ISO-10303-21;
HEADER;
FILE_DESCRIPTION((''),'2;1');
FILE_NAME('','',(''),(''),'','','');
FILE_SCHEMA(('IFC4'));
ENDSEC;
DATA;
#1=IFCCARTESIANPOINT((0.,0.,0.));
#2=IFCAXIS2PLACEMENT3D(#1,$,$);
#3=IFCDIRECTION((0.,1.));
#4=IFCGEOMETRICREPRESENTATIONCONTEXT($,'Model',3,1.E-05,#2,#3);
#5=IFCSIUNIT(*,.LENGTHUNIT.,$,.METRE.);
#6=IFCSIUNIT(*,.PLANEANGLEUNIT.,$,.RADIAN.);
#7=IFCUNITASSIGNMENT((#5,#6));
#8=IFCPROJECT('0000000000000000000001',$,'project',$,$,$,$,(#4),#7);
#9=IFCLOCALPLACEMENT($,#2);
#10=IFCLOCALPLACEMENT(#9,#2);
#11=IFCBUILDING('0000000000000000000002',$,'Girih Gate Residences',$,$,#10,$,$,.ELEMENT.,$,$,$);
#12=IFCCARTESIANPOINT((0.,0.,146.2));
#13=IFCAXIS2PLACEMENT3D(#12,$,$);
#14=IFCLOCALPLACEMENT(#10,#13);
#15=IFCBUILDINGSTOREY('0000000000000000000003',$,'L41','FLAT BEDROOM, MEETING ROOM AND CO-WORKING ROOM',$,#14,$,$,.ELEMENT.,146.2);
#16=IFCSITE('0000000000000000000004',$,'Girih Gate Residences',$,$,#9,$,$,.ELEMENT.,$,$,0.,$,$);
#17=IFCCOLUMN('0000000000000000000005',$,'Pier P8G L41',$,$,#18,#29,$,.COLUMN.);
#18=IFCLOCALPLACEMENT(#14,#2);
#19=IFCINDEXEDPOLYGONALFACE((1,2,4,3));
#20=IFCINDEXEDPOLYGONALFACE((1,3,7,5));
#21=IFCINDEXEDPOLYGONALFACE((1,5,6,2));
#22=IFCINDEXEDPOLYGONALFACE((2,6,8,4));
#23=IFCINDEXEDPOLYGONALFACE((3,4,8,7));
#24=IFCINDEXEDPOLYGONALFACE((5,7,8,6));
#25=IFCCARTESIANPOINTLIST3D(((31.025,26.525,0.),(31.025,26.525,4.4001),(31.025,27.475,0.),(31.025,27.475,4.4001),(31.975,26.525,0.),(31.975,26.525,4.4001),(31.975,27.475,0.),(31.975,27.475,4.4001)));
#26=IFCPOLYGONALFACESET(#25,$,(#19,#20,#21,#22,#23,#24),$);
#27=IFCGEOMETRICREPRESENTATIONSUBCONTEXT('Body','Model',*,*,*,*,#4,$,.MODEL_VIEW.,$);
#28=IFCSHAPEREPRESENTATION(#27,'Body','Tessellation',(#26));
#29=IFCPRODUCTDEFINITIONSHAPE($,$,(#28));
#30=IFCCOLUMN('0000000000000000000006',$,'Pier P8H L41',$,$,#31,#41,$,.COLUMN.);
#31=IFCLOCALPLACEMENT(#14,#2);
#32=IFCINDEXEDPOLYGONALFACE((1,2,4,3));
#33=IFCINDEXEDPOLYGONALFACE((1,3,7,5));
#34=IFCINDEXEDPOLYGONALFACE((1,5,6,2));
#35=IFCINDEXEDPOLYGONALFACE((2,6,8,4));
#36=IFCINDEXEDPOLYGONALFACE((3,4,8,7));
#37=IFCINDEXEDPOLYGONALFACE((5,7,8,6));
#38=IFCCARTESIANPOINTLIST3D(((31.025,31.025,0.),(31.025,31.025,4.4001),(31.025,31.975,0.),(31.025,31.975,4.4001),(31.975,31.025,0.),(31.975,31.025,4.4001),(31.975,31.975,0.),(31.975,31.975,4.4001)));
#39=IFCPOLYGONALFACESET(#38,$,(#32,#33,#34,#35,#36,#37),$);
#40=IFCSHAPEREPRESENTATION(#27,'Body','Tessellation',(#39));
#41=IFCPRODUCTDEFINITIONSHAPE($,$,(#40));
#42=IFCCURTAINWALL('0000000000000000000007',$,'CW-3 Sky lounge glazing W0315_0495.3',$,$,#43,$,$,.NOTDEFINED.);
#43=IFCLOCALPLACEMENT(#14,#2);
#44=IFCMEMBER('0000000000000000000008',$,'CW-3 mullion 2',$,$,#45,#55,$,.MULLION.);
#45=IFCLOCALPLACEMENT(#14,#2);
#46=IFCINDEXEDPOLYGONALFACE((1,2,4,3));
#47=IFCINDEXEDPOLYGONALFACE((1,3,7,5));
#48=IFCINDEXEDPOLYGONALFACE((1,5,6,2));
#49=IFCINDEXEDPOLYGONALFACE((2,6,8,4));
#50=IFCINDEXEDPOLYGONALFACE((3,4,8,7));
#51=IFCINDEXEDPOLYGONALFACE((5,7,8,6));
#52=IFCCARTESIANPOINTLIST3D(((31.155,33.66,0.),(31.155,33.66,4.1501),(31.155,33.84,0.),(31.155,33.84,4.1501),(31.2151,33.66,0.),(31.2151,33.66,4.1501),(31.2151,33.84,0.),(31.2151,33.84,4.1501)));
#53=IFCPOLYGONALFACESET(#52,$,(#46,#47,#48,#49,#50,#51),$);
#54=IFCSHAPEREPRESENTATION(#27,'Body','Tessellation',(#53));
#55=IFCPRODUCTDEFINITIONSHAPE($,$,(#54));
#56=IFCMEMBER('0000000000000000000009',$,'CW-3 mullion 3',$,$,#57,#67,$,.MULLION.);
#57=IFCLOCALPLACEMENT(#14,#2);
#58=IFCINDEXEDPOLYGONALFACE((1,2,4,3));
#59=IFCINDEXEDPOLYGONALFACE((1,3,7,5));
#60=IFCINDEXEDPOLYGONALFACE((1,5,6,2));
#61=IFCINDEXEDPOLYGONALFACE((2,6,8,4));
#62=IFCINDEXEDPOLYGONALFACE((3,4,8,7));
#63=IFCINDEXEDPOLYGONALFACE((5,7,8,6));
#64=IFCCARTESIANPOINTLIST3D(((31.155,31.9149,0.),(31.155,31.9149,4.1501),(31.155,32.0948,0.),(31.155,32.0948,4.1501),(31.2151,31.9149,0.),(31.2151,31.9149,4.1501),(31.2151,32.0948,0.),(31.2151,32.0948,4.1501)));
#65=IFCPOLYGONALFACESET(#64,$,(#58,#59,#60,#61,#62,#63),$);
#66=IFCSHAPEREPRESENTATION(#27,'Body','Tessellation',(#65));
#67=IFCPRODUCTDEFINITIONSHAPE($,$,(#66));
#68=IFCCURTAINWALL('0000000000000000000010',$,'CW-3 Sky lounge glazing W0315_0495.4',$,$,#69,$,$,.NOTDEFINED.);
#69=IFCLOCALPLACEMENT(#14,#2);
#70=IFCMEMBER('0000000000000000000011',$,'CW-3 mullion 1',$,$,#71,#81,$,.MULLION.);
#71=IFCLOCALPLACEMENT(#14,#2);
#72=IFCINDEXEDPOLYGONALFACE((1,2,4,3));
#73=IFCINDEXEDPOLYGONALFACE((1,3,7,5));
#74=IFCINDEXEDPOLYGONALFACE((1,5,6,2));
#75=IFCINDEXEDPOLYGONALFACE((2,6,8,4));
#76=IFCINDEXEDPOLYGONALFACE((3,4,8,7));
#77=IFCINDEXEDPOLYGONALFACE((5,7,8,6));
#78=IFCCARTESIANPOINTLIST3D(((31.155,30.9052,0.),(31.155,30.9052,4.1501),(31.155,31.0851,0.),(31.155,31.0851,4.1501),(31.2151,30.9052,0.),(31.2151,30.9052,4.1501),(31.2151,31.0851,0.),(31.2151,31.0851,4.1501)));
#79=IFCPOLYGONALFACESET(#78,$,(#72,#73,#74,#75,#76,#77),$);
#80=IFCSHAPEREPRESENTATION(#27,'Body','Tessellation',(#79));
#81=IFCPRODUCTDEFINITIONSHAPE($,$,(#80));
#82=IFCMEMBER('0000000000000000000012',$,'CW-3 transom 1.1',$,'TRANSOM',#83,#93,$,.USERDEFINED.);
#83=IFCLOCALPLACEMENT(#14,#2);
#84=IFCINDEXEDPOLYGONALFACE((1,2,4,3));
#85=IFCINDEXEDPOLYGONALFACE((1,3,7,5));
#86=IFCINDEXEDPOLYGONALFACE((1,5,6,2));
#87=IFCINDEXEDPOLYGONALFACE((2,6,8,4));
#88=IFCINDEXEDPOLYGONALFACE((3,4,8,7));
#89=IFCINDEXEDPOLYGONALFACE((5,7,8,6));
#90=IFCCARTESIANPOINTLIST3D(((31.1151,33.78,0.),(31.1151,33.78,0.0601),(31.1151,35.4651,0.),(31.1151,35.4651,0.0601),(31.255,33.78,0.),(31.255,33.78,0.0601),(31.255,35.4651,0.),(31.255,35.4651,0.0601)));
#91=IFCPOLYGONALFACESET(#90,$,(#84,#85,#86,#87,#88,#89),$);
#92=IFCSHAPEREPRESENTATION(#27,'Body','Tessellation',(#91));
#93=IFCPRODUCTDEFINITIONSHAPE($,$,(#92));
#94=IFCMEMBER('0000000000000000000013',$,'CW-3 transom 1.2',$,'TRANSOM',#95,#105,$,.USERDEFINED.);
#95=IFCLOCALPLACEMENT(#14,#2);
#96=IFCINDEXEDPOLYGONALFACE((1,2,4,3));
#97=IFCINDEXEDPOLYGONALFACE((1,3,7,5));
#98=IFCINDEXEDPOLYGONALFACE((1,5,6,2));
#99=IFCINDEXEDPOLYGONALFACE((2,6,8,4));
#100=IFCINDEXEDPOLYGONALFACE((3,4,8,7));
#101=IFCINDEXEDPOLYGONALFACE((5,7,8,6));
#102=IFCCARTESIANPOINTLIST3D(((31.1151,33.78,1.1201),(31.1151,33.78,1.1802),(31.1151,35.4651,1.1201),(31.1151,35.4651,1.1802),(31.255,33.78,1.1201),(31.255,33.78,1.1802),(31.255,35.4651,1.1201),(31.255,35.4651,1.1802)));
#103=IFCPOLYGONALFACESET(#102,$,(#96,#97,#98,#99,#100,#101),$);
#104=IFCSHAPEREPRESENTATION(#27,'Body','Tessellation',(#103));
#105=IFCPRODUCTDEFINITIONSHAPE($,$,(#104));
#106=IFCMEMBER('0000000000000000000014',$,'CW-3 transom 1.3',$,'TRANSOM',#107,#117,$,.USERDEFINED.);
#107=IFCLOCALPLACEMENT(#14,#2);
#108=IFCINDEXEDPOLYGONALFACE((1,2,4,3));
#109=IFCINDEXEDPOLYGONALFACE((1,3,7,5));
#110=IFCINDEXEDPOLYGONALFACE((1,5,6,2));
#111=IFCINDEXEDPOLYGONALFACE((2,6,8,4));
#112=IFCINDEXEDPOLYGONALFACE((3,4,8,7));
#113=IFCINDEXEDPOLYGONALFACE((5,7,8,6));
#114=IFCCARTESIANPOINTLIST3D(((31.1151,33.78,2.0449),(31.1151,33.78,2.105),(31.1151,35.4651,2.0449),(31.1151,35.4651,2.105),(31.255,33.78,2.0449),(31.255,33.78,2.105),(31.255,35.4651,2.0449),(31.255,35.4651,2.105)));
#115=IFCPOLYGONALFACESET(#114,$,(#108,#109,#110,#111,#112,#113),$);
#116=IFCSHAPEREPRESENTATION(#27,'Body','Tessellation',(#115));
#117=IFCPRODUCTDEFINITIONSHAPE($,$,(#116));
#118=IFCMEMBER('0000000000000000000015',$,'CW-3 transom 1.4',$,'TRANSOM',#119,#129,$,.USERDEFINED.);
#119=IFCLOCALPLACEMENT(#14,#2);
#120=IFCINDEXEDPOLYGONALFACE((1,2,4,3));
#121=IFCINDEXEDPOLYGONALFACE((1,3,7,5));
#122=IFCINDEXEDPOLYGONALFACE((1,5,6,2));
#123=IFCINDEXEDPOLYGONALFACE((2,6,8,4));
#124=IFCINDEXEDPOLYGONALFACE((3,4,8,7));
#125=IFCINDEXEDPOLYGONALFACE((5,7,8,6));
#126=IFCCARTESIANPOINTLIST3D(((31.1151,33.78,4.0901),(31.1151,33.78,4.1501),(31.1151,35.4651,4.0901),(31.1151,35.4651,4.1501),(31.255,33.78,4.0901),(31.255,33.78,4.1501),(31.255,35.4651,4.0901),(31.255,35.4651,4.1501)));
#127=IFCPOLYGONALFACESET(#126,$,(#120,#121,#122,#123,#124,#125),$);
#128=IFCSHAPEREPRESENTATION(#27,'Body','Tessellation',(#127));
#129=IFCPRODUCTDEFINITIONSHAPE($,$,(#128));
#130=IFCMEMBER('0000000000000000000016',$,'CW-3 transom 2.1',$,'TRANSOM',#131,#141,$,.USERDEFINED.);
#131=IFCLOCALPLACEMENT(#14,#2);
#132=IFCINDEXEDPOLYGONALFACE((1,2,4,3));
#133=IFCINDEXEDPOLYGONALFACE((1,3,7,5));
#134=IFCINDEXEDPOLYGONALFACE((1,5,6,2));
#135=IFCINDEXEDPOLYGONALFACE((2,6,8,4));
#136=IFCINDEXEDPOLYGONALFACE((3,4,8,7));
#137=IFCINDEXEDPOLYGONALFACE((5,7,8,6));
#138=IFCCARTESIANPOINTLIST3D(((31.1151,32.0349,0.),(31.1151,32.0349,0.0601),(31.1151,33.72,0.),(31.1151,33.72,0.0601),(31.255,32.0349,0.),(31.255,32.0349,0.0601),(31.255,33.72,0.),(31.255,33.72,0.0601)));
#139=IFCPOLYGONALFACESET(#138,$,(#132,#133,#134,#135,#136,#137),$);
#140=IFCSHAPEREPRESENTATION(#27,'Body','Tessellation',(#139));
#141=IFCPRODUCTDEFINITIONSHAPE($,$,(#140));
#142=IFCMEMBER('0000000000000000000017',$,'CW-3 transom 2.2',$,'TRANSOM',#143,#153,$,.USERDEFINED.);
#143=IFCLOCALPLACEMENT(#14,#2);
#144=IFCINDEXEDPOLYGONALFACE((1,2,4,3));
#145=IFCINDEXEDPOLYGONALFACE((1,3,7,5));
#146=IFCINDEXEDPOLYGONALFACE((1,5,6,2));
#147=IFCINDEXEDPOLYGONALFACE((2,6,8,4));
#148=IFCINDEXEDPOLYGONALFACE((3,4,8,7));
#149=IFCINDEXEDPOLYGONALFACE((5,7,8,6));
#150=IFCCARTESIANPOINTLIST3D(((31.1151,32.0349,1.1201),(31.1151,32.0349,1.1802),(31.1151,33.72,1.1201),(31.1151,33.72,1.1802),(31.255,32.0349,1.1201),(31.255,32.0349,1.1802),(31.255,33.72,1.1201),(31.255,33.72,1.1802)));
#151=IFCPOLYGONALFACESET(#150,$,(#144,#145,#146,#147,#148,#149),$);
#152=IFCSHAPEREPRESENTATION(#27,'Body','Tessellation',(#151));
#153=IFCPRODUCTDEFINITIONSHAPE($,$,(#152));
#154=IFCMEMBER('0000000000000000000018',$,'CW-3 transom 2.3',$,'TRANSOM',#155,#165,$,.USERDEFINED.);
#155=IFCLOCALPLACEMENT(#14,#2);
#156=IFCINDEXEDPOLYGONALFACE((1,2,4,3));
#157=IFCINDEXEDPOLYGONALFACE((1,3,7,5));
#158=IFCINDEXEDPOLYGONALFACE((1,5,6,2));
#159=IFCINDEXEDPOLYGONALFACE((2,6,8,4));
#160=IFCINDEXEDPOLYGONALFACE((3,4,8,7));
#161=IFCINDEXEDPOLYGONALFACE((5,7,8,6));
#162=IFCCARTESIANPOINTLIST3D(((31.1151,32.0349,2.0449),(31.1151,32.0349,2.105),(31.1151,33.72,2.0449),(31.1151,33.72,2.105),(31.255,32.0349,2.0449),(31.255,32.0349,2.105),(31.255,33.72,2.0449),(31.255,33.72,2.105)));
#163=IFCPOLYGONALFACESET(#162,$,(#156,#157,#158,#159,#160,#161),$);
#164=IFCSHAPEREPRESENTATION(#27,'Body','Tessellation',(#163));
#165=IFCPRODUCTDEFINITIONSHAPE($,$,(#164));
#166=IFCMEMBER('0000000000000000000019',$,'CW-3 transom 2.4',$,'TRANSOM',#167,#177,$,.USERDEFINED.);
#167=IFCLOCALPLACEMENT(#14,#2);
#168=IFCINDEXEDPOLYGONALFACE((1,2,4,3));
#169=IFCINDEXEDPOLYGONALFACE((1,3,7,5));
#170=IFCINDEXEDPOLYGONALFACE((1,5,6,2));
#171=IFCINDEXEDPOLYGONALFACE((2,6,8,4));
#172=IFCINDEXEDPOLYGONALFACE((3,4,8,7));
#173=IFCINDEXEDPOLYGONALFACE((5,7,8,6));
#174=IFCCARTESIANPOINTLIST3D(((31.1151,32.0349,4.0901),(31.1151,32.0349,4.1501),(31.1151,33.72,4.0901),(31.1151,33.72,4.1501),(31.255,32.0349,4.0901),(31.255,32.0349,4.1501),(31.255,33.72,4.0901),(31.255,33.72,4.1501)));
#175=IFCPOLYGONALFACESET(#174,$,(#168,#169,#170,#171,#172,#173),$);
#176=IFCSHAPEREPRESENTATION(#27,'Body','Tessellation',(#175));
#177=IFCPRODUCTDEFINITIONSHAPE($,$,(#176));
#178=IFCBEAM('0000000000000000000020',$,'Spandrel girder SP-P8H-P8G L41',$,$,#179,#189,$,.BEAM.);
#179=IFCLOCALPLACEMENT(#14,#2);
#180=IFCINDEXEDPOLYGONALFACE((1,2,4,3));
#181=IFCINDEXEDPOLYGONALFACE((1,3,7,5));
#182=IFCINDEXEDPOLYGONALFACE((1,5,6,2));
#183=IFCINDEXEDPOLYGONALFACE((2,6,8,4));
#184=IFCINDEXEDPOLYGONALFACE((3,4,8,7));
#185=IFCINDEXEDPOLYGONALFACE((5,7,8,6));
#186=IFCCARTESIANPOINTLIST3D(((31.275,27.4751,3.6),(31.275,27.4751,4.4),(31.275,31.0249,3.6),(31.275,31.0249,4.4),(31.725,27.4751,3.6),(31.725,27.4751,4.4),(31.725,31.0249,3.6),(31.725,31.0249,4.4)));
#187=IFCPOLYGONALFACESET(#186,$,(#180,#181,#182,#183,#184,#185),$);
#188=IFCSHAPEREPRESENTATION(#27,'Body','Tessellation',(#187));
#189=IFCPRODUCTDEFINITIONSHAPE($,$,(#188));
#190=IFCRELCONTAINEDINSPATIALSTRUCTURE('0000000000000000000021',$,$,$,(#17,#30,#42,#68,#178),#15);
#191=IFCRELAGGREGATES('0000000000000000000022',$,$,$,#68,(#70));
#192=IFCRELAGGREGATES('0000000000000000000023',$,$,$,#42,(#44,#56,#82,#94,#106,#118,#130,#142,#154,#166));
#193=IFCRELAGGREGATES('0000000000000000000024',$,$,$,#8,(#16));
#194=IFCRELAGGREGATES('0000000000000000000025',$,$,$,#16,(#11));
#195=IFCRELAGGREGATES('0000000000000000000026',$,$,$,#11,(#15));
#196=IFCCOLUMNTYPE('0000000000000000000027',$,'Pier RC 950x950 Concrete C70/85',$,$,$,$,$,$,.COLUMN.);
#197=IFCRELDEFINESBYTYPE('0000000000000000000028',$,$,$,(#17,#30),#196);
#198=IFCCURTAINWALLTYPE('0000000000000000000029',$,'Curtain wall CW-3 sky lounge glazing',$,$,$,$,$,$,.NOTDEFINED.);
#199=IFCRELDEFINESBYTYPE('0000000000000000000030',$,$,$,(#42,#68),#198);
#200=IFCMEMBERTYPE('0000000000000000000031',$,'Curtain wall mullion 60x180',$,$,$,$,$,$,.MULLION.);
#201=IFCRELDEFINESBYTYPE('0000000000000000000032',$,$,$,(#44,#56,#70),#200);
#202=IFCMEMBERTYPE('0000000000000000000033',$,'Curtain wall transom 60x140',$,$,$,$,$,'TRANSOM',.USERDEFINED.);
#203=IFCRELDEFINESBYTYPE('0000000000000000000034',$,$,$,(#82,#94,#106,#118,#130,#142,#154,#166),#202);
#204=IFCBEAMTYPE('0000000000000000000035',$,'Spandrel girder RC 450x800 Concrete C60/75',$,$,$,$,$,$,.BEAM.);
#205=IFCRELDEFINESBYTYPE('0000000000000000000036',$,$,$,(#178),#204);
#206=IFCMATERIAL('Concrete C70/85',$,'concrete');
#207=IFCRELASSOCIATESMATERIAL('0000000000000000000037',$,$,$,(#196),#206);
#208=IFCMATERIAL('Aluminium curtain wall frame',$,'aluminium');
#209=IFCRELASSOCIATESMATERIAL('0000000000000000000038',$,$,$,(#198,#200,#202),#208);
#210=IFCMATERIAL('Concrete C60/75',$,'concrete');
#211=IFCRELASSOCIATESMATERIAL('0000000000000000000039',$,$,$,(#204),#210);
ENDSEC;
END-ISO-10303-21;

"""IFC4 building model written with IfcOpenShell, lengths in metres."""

from ifc_helpers import new_model, si_unit, direction, frame, origin, origin_2d, place, context, subcontext, project, spatial, rectangle, extrude, material, material_profile, profile_set, type_object, element, aggregate, save


model = new_model("IFC4")

# Units and contexts
model_context = context("Model", 3, precision=1e-05, world=origin(), true_north=direction((0.0, 1.0)))
body_context = subcontext(model_context, "Body", "Model", "MODEL_VIEW")
ifc_project = project(units=[si_unit("LENGTHUNIT", "METRE"), si_unit("PLANEANGLEUNIT", "RADIAN")], contexts=[model_context])

# Site, building, storey
site_placement = place(None, origin())
site = spatial("IfcSite", under=ifc_project, at=site_placement, Name="Girih Gate Residences", CompositionType="ELEMENT", RefElevation=0.0)
building_placement = place(site_placement, origin())
building = spatial("IfcBuilding", under=site, at=building_placement, Name="Girih Gate Residences", CompositionType="ELEMENT")
storey_placement = place(building_placement, frame((0.0, 0.0, 146.2)))
storey = spatial("IfcBuildingStorey", under=building, at=storey_placement, Name="L41", Description="FLAT BEDROOM, MEETING ROOM AND CO-WORKING ROOM", CompositionType="ELEMENT", Elevation=146.2)

# Columns
ifc_material_1 = material(Name="Concrete C70/85", Category="concrete")
ifc_material_profile_1 = material_profile(ifc_material_1, rectangle(XDim=0.95, YDim=0.95, at=origin_2d()))
ifc_profile_set_1 = profile_set([ifc_material_profile_1], Name="Concrete C70/85")
column_type = type_object("IfcColumnType", Name="Pier RC 950x950 Concrete C70/85", PredefinedType="COLUMN", material=ifc_profile_set_1)
for number, where, z_axis, x_axis, name in (
    (1, (31.5, 27.0, 0.0), (0.0, 0.0, 1.0), (1.0, 0.0, 0.0), "Pier P8G L41"),
    (2, (31.5, 31.5, 0.0), (0.0, 0.0, 1.0), (1.0, 0.0, 0.0), "Pier P8H L41"),
):
    element("IfcColumn", number, at=place(storey_placement, frame(where, z_axis=z_axis, x_axis=x_axis)), inside=storey, type_object=column_type, Name=name, PredefinedType="COLUMN", context=body_context, shape_type="SweptSolid", body=[
        extrude(rectangle(XDim=0.95, YDim=0.95, at=origin_2d()), origin(), (0.0, 0.0, 1.0), 4.4001),
    ])

# Curtain wall, members
ifc_material_2 = material(Name="Aluminium curtain wall frame", Category="aluminium")
curtain_wall_type = type_object("IfcCurtainWallType", Name="Curtain wall CW-3 sky lounge glazing", PredefinedType="NOTDEFINED", material=ifc_material_2)
curtain_wall_1_placement = place(storey_placement, origin())
curtain_wall_1 = element("IfcCurtainWall", 3, at=curtain_wall_1_placement, inside=storey, type_object=curtain_wall_type, Name="CW-3 Sky lounge glazing W0315_0495.3", PredefinedType="NOTDEFINED")
ifc_material_profile_2 = material_profile(ifc_material_2, rectangle(XDim=0.0601, YDim=0.1799, at=origin_2d()))
ifc_profile_set_2 = profile_set([ifc_material_profile_2], Name="Aluminium curtain wall frame")
member_type_1 = type_object("IfcMemberType", Name="Curtain wall mullion 60x180", PredefinedType="MULLION", material=ifc_profile_set_2)
member_1_placement = place(storey_placement, frame((31.1851, 33.75, 0.0), z_axis=(0.0, 0.0, 1.0), x_axis=(1.0, 0.0, 0.0)))
member_1 = element("IfcMember", 4, at=member_1_placement, type_object=member_type_1, Name="CW-3 mullion 2", PredefinedType="MULLION", context=body_context, shape_type="SweptSolid", body=[
    extrude(rectangle(XDim=0.0601, YDim=0.1799, at=origin_2d()), origin(), (0.0, 0.0, 1.0), 4.1501),
])
member_2_placement = place(storey_placement, frame((31.1851, 32.0049, 0.0), z_axis=(0.0, 0.0, 1.0), x_axis=(1.0, 0.0, 0.0)))
member_2 = element("IfcMember", 5, at=member_2_placement, type_object=member_type_1, Name="CW-3 mullion 3", PredefinedType="MULLION", context=body_context, shape_type="SweptSolid", body=[
    extrude(rectangle(XDim=0.0601, YDim=0.1799, at=origin_2d()), origin(), (0.0, 0.0, 1.0), 4.1501),
])

# Curtain wall, member
curtain_wall_2_placement = place(storey_placement, origin())
curtain_wall_2 = element("IfcCurtainWall", 6, at=curtain_wall_2_placement, inside=storey, type_object=curtain_wall_type, Name="CW-3 Sky lounge glazing W0315_0495.4", PredefinedType="NOTDEFINED")
member_3_placement = place(storey_placement, frame((31.1851, 30.9951, 0.0), z_axis=(0.0, 0.0, 1.0), x_axis=(1.0, 0.0, 0.0)))
member_3 = element("IfcMember", 7, at=member_3_placement, type_object=member_type_1, Name="CW-3 mullion 1", PredefinedType="MULLION", context=body_context, shape_type="SweptSolid", body=[
    extrude(rectangle(XDim=0.0601, YDim=0.1799, at=origin_2d()), origin(), (0.0, 0.0, 1.0), 4.1501),
])
aggregate(curtain_wall_2, [member_3])

# Members
ifc_material_profile_3 = material_profile(ifc_material_2, rectangle(XDim=0.1399, YDim=0.0601, at=origin_2d()))
ifc_profile_set_3 = profile_set([ifc_material_profile_3], Name="Aluminium curtain wall frame")
member_type_2 = type_object("IfcMemberType", Name="Curtain wall transom 60x140", ElementType="TRANSOM", PredefinedType="USERDEFINED", material=ifc_profile_set_3)
member_4_placement = place(storey_placement, frame((31.1851, 35.4651, 0.03), z_axis=(0.0, -1.0, 0.0), x_axis=(1.0, 0.0, 0.0)))
member_4 = element("IfcMember", 8, at=member_4_placement, type_object=member_type_2, Name="CW-3 transom 1.1", ObjectType="TRANSOM", PredefinedType="USERDEFINED", context=body_context, shape_type="SweptSolid", body=[
    extrude(rectangle(XDim=0.1399, YDim=0.0601, at=origin_2d()), origin(), (0.0, 0.0, 1.0), 1.6851),
])
member_5_placement = place(storey_placement, frame((31.1851, 35.4651, 1.1501), z_axis=(0.0, -1.0, 0.0), x_axis=(1.0, 0.0, 0.0)))
member_5 = element("IfcMember", 9, at=member_5_placement, type_object=member_type_2, Name="CW-3 transom 1.2", ObjectType="TRANSOM", PredefinedType="USERDEFINED", context=body_context, shape_type="SweptSolid", body=[
    extrude(rectangle(XDim=0.1399, YDim=0.0601, at=origin_2d()), origin(), (0.0, 0.0, 1.0), 1.6851),
])
member_6_placement = place(storey_placement, frame((31.1851, 35.4651, 2.075), z_axis=(0.0, -1.0, 0.0), x_axis=(1.0, 0.0, 0.0)))
member_6 = element("IfcMember", 10, at=member_6_placement, type_object=member_type_2, Name="CW-3 transom 1.3", ObjectType="TRANSOM", PredefinedType="USERDEFINED", context=body_context, shape_type="SweptSolid", body=[
    extrude(rectangle(XDim=0.1399, YDim=0.0601, at=origin_2d()), origin(), (0.0, 0.0, 1.0), 1.6851),
])
member_7_placement = place(storey_placement, frame((31.1851, 35.4651, 4.1201), z_axis=(0.0, -1.0, 0.0), x_axis=(1.0, 0.0, 0.0)))
member_7 = element("IfcMember", 11, at=member_7_placement, type_object=member_type_2, Name="CW-3 transom 1.4", ObjectType="TRANSOM", PredefinedType="USERDEFINED", context=body_context, shape_type="SweptSolid", body=[
    extrude(rectangle(XDim=0.1399, YDim=0.0601, at=origin_2d()), origin(), (0.0, 0.0, 1.0), 1.6851),
])
member_8_placement = place(storey_placement, frame((31.1851, 33.72, 0.03), z_axis=(0.0, -1.0, 0.0), x_axis=(1.0, 0.0, 0.0)))
member_8 = element("IfcMember", 12, at=member_8_placement, type_object=member_type_2, Name="CW-3 transom 2.1", ObjectType="TRANSOM", PredefinedType="USERDEFINED", context=body_context, shape_type="SweptSolid", body=[
    extrude(rectangle(XDim=0.1399, YDim=0.0601, at=origin_2d()), origin(), (0.0, 0.0, 1.0), 1.6851),
])
member_9_placement = place(storey_placement, frame((31.1851, 33.72, 1.1501), z_axis=(0.0, -1.0, 0.0), x_axis=(1.0, 0.0, 0.0)))
member_9 = element("IfcMember", 13, at=member_9_placement, type_object=member_type_2, Name="CW-3 transom 2.2", ObjectType="TRANSOM", PredefinedType="USERDEFINED", context=body_context, shape_type="SweptSolid", body=[
    extrude(rectangle(XDim=0.1399, YDim=0.0601, at=origin_2d()), origin(), (0.0, 0.0, 1.0), 1.6851),
])
member_10_placement = place(storey_placement, frame((31.1851, 33.72, 2.075), z_axis=(0.0, -1.0, 0.0), x_axis=(1.0, 0.0, 0.0)))
member_10 = element("IfcMember", 14, at=member_10_placement, type_object=member_type_2, Name="CW-3 transom 2.3", ObjectType="TRANSOM", PredefinedType="USERDEFINED", context=body_context, shape_type="SweptSolid", body=[
    extrude(rectangle(XDim=0.1399, YDim=0.0601, at=origin_2d()), origin(), (0.0, 0.0, 1.0), 1.6851),
])
member_11_placement = place(storey_placement, frame((31.1851, 33.72, 4.1201), z_axis=(0.0, -1.0, 0.0), x_axis=(1.0, 0.0, 0.0)))
member_11 = element("IfcMember", 15, at=member_11_placement, type_object=member_type_2, Name="CW-3 transom 2.4", ObjectType="TRANSOM", PredefinedType="USERDEFINED", context=body_context, shape_type="SweptSolid", body=[
    extrude(rectangle(XDim=0.1399, YDim=0.0601, at=origin_2d()), origin(), (0.0, 0.0, 1.0), 1.6851),
])

# Beam
ifc_material_3 = material(Name="Concrete C60/75", Category="concrete")
ifc_material_profile_4 = material_profile(ifc_material_3, rectangle(XDim=0.45, YDim=0.8, at=origin_2d()))
ifc_profile_set_4 = profile_set([ifc_material_profile_4], Name="Concrete C60/75")
beam_type = type_object("IfcBeamType", Name="Spandrel girder RC 450x800 Concrete C60/75", PredefinedType="BEAM", material=ifc_profile_set_4)
for number, where, z_axis, x_axis, name in (
    (16, (31.5, 31.0249, 4.0), (0.0, -1.0, 0.0), (1.0, 0.0, 0.0), "Spandrel girder SP-P8H-P8G L41"),
):
    element("IfcBeam", number, at=place(storey_placement, frame(where, z_axis=z_axis, x_axis=x_axis)), inside=storey, type_object=beam_type, Name=name, PredefinedType="BEAM", context=body_context, shape_type="SweptSolid", body=[
        extrude(rectangle(XDim=0.45, YDim=0.8, at=origin_2d()), origin(), (0.0, 0.0, 1.0), 3.5498),
    ])

aggregate(curtain_wall_1, [member_1, member_2, member_4, member_5, member_6, member_7, member_8, member_9, member_10, member_11])

save(model, "model.ifc")
